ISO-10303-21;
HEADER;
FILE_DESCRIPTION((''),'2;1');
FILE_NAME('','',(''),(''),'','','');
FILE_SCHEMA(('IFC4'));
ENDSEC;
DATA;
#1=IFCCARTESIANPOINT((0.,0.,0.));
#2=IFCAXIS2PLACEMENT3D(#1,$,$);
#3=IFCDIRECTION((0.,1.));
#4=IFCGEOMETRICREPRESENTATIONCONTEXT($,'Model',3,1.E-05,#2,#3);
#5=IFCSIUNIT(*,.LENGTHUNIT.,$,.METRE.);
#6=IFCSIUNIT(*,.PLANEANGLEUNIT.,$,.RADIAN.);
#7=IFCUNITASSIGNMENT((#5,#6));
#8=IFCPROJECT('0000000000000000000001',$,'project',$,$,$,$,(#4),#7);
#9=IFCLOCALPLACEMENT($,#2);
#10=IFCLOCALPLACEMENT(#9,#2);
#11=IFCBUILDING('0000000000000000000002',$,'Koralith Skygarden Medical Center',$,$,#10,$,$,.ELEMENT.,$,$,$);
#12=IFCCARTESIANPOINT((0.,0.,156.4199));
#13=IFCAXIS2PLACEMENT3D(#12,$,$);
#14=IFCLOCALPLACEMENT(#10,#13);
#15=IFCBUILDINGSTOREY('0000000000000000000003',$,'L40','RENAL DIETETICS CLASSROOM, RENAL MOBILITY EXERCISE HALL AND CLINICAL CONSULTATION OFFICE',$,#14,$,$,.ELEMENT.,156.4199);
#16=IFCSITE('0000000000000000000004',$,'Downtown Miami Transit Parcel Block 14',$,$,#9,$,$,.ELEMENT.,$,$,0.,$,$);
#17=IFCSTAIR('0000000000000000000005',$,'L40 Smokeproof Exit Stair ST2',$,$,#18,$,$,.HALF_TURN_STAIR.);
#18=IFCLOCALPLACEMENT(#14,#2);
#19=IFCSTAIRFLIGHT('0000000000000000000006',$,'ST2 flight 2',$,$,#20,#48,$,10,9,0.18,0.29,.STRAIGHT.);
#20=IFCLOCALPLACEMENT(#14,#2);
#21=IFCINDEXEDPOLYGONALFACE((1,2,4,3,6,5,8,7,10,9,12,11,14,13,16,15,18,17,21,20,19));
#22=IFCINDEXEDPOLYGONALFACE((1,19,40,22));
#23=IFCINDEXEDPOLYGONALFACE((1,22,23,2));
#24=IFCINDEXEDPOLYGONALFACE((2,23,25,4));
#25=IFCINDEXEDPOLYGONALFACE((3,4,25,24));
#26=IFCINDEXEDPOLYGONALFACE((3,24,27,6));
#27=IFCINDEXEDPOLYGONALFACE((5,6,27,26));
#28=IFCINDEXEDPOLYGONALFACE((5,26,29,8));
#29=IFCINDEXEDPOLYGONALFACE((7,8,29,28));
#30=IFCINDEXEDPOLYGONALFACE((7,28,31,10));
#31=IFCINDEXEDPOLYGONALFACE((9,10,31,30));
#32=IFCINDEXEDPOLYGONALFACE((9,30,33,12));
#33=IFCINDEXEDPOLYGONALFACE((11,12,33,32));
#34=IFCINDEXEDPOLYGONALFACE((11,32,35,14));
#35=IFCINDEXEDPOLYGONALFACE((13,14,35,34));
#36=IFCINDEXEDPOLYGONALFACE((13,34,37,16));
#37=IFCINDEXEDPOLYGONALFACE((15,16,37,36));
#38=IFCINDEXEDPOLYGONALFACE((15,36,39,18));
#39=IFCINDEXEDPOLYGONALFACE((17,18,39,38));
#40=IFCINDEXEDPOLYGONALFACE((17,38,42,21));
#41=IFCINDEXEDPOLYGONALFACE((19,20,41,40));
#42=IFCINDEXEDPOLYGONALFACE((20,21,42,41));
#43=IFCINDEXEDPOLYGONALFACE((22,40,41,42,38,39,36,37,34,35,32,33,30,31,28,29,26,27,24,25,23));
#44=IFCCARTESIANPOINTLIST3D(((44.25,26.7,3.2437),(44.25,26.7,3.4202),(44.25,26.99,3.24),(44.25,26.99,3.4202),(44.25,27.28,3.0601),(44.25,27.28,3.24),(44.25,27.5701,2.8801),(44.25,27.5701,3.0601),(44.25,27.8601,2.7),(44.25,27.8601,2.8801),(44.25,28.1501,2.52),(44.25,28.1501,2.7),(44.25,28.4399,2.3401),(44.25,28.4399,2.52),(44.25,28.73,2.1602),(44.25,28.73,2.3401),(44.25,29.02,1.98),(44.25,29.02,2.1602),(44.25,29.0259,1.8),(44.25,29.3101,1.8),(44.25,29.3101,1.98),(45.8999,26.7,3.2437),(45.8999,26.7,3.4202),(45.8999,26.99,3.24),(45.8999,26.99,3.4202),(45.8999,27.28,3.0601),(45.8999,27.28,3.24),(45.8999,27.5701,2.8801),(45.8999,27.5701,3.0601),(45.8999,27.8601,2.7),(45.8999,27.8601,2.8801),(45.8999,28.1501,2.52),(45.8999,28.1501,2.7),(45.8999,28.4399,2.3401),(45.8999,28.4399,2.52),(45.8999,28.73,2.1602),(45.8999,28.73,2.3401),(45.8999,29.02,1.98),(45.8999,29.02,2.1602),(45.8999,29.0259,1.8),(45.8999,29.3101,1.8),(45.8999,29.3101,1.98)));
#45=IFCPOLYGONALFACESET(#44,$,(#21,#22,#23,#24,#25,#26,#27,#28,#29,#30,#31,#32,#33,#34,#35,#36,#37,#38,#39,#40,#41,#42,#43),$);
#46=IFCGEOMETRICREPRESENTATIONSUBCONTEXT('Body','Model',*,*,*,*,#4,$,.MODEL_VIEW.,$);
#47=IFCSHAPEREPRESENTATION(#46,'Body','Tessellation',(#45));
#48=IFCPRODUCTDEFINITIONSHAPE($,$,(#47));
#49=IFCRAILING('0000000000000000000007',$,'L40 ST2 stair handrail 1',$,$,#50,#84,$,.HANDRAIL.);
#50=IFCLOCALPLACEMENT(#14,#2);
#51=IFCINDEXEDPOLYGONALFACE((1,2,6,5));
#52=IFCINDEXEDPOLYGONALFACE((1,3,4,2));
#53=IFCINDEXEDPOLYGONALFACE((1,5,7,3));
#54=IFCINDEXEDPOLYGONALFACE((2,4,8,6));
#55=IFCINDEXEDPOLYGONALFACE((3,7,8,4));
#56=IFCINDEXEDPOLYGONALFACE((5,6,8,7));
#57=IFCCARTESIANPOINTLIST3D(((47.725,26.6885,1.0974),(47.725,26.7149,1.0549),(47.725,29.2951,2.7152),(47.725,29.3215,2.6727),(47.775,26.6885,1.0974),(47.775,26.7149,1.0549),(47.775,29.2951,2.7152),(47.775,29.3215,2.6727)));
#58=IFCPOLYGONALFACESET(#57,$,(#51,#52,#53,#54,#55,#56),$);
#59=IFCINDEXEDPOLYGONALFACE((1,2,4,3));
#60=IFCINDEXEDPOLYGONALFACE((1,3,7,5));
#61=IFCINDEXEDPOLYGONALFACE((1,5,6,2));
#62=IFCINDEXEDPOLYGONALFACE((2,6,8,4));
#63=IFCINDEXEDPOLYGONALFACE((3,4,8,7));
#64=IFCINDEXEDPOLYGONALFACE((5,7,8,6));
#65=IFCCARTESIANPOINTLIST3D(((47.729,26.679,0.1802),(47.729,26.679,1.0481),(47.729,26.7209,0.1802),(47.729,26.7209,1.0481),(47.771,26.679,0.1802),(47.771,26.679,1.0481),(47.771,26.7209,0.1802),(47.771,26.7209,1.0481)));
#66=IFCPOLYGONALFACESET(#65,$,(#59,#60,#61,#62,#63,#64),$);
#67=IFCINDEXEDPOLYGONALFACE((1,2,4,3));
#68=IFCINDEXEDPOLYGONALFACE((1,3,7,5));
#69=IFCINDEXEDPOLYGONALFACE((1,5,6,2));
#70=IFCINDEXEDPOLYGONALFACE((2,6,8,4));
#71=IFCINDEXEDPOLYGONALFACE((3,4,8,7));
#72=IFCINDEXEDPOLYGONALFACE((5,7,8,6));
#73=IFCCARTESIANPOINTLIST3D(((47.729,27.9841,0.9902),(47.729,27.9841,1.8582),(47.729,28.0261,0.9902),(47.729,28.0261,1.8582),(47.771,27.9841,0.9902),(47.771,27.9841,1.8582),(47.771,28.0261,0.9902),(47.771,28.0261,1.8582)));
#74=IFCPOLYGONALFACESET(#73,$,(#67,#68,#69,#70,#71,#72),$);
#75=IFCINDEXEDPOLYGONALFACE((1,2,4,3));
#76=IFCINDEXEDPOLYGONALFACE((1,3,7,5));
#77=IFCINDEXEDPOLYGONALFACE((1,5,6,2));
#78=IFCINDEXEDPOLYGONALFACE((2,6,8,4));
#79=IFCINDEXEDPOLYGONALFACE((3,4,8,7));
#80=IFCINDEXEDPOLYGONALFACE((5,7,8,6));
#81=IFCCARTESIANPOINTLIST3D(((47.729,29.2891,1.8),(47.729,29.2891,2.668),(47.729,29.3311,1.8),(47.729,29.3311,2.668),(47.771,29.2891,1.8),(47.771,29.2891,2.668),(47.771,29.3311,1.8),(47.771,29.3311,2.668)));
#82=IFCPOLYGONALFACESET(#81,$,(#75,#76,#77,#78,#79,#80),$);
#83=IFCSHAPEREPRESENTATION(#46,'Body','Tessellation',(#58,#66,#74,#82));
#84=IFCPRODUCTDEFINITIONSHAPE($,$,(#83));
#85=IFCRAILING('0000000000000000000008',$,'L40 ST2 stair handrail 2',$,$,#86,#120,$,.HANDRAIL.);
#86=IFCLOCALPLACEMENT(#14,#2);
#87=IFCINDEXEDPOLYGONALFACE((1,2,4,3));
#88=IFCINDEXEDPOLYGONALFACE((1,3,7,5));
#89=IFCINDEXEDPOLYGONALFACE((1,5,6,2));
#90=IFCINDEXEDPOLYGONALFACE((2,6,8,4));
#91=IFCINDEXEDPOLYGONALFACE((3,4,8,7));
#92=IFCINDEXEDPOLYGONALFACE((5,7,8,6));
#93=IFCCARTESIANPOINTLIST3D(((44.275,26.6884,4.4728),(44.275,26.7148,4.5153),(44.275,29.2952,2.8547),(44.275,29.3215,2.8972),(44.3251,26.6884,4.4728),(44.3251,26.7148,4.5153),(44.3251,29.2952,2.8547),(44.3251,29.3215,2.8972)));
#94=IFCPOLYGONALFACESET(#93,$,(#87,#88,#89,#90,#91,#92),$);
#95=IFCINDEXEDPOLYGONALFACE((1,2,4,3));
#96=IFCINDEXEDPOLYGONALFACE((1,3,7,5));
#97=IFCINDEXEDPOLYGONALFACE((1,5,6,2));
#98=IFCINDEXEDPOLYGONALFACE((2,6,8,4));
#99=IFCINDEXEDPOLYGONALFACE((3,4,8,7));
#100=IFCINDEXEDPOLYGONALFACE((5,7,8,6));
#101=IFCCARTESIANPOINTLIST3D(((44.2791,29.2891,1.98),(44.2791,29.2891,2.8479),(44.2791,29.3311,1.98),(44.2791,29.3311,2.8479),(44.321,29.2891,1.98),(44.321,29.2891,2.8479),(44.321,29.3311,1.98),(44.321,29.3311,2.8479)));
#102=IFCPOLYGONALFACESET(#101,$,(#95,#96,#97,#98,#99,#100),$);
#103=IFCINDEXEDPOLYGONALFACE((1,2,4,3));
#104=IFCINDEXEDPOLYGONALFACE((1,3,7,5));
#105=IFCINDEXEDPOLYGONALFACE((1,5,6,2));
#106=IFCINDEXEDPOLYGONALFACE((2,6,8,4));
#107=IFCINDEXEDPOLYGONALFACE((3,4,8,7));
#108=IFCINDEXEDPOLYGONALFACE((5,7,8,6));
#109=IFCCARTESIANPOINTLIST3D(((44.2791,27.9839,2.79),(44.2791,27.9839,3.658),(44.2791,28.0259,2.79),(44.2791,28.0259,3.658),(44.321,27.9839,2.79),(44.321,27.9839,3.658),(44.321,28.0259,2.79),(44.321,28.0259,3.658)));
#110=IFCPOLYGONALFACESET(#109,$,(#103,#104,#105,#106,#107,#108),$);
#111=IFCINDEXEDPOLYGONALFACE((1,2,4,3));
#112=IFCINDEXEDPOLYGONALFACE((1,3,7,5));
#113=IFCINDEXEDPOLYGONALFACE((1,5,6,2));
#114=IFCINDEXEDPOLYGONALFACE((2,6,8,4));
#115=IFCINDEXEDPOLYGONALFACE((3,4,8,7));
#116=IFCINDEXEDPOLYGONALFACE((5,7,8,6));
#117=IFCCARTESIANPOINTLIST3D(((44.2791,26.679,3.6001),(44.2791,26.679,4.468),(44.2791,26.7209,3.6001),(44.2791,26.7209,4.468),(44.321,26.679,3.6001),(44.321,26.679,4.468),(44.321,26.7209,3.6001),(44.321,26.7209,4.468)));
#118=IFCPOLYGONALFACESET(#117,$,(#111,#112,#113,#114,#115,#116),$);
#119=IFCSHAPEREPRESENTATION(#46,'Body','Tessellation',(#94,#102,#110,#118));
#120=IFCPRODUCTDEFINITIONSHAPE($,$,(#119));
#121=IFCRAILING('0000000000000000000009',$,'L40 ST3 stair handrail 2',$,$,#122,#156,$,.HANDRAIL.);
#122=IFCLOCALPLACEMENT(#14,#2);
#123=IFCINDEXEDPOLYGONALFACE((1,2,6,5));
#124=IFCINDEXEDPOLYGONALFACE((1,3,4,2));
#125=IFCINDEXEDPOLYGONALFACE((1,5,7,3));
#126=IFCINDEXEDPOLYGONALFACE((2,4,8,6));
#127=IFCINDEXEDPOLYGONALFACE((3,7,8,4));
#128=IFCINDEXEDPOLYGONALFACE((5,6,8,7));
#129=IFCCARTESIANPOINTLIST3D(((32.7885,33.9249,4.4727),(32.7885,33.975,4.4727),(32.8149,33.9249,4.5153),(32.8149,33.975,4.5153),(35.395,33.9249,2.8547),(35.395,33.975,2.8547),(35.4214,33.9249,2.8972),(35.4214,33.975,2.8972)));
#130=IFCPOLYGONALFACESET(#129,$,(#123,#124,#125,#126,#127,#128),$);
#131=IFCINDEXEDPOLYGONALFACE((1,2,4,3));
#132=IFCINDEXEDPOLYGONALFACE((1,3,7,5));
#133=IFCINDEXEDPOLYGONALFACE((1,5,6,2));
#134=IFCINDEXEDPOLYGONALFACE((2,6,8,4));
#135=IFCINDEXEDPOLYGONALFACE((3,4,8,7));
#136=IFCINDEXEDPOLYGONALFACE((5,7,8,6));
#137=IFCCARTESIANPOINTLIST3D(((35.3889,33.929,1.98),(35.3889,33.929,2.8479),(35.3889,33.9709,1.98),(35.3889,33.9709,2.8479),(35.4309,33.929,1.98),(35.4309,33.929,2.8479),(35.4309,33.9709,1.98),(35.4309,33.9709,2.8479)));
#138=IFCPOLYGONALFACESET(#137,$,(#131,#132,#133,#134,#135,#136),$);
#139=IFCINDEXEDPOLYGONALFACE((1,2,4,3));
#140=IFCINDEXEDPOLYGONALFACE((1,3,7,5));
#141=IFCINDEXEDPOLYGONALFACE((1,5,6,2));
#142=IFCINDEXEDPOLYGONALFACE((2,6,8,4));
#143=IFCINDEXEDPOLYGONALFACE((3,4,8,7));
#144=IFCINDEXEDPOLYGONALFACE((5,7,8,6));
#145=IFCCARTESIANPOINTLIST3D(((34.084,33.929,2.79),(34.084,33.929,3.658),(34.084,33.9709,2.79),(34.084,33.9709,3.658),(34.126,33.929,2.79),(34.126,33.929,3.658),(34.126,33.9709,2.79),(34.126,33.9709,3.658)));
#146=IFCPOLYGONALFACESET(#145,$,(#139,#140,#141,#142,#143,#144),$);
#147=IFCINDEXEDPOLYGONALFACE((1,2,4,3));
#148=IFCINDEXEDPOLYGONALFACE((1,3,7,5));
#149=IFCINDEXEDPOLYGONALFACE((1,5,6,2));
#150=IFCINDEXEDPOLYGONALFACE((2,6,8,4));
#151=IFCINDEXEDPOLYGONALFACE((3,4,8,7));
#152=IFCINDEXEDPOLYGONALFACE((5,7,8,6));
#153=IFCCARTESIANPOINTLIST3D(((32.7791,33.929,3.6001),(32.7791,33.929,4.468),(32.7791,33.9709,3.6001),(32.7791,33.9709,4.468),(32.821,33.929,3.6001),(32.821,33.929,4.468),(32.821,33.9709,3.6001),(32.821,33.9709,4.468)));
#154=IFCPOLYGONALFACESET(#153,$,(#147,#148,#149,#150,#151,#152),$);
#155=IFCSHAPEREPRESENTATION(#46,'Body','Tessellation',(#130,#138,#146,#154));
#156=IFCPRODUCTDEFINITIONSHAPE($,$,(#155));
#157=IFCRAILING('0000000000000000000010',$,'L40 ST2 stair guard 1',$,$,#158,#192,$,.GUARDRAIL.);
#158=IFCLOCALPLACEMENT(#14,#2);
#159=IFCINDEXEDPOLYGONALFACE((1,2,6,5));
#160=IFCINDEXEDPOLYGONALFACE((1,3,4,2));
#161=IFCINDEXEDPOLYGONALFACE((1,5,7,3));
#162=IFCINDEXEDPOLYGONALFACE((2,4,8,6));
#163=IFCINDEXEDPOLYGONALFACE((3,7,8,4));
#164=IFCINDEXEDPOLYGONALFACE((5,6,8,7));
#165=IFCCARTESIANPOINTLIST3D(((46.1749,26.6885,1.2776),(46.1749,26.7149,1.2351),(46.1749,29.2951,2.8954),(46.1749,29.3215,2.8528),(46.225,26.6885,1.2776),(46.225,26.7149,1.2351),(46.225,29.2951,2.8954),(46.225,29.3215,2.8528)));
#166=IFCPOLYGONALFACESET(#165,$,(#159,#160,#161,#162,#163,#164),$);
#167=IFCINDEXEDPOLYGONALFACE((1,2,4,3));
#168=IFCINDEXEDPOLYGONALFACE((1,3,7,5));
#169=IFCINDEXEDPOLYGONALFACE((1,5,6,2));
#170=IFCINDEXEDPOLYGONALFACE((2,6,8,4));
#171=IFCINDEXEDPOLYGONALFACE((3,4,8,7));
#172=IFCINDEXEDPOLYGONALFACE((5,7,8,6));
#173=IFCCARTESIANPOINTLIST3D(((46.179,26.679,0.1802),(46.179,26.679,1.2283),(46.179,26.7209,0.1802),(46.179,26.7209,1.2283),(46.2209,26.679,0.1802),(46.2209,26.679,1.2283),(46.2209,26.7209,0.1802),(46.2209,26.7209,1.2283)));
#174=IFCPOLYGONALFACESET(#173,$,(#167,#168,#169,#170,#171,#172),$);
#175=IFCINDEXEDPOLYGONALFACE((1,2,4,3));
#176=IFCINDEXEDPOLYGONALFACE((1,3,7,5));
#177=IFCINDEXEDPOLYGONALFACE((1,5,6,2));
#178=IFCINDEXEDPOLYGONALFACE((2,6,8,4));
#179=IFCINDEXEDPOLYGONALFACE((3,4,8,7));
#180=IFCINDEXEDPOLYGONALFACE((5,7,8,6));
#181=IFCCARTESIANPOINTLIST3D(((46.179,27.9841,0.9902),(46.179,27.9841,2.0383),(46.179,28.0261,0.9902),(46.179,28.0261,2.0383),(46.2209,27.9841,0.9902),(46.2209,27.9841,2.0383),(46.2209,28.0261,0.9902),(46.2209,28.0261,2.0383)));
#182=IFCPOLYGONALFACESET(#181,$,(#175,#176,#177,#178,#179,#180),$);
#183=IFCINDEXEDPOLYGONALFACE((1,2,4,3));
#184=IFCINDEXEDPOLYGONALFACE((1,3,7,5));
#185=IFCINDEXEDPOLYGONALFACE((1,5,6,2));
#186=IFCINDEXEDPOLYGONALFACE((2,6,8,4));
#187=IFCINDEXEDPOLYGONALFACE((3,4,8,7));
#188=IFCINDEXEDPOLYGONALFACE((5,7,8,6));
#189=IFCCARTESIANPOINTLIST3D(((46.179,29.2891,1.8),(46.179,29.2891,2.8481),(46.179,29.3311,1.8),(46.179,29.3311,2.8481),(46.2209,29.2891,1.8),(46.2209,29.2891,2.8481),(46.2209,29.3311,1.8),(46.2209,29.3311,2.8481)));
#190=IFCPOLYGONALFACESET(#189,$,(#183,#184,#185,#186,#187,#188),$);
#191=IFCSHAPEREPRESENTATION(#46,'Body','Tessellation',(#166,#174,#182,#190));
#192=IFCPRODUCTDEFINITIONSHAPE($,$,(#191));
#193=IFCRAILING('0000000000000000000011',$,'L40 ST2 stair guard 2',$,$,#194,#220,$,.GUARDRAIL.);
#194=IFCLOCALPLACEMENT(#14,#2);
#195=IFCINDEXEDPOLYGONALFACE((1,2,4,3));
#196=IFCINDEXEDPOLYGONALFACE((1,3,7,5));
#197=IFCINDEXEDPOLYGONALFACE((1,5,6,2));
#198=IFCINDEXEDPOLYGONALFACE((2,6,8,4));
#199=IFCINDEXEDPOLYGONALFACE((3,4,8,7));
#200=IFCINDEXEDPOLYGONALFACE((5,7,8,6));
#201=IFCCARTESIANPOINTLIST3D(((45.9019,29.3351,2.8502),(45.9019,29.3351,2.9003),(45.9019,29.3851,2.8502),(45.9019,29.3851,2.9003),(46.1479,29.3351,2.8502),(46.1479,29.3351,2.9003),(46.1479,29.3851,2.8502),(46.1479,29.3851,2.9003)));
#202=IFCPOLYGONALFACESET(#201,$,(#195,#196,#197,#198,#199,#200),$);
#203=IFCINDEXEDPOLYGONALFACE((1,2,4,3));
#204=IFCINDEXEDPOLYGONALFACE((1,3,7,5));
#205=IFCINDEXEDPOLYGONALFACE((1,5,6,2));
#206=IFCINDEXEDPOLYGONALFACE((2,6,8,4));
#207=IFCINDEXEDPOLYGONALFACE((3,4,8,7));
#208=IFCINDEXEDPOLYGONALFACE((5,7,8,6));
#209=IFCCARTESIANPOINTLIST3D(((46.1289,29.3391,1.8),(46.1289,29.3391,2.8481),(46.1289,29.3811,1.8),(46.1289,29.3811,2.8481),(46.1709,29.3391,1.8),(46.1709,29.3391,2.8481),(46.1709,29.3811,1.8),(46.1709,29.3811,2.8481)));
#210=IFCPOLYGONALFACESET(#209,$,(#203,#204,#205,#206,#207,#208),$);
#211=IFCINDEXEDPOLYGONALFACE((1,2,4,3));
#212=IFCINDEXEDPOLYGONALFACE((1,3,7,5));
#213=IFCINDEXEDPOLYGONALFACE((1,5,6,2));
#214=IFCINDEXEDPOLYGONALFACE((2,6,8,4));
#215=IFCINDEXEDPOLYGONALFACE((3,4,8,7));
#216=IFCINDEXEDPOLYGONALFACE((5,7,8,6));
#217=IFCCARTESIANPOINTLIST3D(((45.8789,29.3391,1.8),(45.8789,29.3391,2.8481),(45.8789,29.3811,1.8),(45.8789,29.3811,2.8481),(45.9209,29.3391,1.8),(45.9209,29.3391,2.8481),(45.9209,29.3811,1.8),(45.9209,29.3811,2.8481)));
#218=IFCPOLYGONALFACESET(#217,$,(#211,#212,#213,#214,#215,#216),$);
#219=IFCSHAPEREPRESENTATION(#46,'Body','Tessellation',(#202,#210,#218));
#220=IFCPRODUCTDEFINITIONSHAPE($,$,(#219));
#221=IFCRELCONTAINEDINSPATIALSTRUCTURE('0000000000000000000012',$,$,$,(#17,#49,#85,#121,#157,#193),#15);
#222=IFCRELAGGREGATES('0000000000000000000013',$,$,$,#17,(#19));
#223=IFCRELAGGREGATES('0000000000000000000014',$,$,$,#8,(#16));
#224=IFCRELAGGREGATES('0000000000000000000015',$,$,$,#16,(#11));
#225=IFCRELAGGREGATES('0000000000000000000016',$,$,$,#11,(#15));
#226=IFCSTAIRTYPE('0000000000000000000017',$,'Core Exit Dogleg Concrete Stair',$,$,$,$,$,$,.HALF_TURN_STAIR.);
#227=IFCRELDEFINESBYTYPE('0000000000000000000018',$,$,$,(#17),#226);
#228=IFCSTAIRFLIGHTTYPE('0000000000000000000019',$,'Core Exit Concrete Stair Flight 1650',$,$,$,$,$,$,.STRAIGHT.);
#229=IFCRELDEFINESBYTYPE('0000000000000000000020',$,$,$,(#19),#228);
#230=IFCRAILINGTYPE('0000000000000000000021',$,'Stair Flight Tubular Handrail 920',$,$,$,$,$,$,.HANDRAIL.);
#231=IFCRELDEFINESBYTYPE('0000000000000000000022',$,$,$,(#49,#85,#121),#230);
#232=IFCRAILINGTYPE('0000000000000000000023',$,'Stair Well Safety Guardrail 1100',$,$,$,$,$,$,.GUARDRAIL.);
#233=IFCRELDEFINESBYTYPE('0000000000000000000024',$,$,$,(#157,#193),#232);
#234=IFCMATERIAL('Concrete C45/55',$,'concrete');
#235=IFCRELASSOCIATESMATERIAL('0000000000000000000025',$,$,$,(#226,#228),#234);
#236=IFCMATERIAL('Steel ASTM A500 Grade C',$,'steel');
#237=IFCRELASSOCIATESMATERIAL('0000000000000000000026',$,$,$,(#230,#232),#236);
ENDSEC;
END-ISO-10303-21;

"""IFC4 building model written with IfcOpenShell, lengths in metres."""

from ifc_helpers import new_model, si_unit, direction, frame, origin, origin_2d, place, context, subcontext, project, spatial, polyline, rectangle, outline, extrude, material, type_object, element, aggregate, save


model = new_model("IFC4")

# Units and contexts
model_context = context("Model", 3, precision=1e-05, world=origin(), true_north=direction((0.0, 1.0)))
body_context = subcontext(model_context, "Body", "Model", "MODEL_VIEW")
ifc_project = project(units=[si_unit("LENGTHUNIT", "METRE"), si_unit("PLANEANGLEUNIT", "RADIAN")], contexts=[model_context])

# Site, building, storey
site_placement = place(None, origin())
site = spatial("IfcSite", under=ifc_project, at=site_placement, Name="Downtown Miami Transit Parcel Block 14", CompositionType="ELEMENT", RefElevation=0.0)
building_placement = place(site_placement, origin())
building = spatial("IfcBuilding", under=site, at=building_placement, Name="Koralith Skygarden Medical Center", CompositionType="ELEMENT")
storey_placement = place(building_placement, frame((0.0, 0.0, 156.4199)))
storey = spatial("IfcBuildingStorey", under=building, at=storey_placement, Name="L40", Description="RENAL DIETETICS CLASSROOM, RENAL MOBILITY EXERCISE HALL AND CLINICAL CONSULTATION OFFICE", CompositionType="ELEMENT", Elevation=156.4199)

# Shared definitions
ifc_material_1 = material(Name="Concrete C45/55", Category="concrete")

# Shared definitions
ifc_material_2 = material(Name="Steel ASTM A500 Grade C", Category="steel")

# Stair, stair flight
stair_type = type_object("IfcStairType", Name="Core Exit Dogleg Concrete Stair", PredefinedType="HALF_TURN_STAIR", material=ifc_material_1)
stair_placement = place(storey_placement, origin())
stair = element("IfcStair", 1, at=stair_placement, inside=storey, type_object=stair_type, Name="L40 Smokeproof Exit Stair ST2", PredefinedType="HALF_TURN_STAIR")
stair_flight_type = type_object("IfcStairFlightType", Name="Core Exit Concrete Stair Flight 1650", PredefinedType="STRAIGHT", material=ifc_material_1)
stair_flight_1_placement = place(storey_placement, frame((45.075, 29.3101, 1.8), z_axis=(0.0, 0.0, 1.0), x_axis=(0.0, -1.0, 0.0)))
stair_flight_1 = element("IfcStairFlight", 2, at=stair_flight_1_placement, type_object=stair_flight_type, Name="ST2 flight 2", NumberOfRisers=10, NumberOfTreads=9, PredefinedType="STRAIGHT", RiserHeight=0.18, TreadLength=0.29, context=body_context, shape_type="SweptSolid", body=[
    extrude(outline(polyline([(0.0, 0.0), (0.0, 0.1799), (0.29, 0.1799), (0.29, 0.3601), (0.5801, 0.3601), (0.5801, 0.54), (0.8701, 0.54), (0.8701, 0.72), (1.1599, 0.72), (1.1599, 0.8999), (1.45, 0.8999), (1.45, 1.0801), (1.74, 1.0801), (1.74, 1.26), (2.03, 1.26), (2.03, 1.4399), (2.3201, 1.4399), (2.3201, 1.6201), (2.6101, 1.6201), (2.6101, 1.8), (2.6101, 1.4436), (0.2842, 0.0), (0.0, 0.0)])), frame((0.0, 0.825, 0.0), z_axis=(0.0, -1.0, 0.0), x_axis=(1.0, 0.0, 0.0)), (0.0, 0.0, 1.0), 1.6499),
])
aggregate(stair, [stair_flight_1])

# Railings
railing_type_1 = type_object("IfcRailingType", Name="Stair Flight Tubular Handrail 920", PredefinedType="HANDRAIL", material=ifc_material_2)
railing_1_placement = place(storey_placement, frame((47.75, 26.7, 0.1802)))
element("IfcRailing", 3, at=railing_1_placement, inside=storey, type_object=railing_type_1, Name="L40 ST2 stair handrail 1", PredefinedType="HANDRAIL", context=body_context, shape_type="SweptSolid", body=[
    extrude(rectangle(XDim=0.05, YDim=0.05, at=origin_2d()), frame((0.0, 0.0017, 0.896), z_axis=(0.0, 0.849668, 0.527317), x_axis=(-1.0, 0.0, 0.0)), (0.0, 0.0, 1.0), 3.0679),
    extrude(rectangle(XDim=0.042, YDim=0.042, at=origin_2d()), origin(), (0.0, 0.0, 1.0), 0.8679),
    extrude(rectangle(XDim=0.042, YDim=0.042, at=origin_2d()), frame((0.0, 1.3052, 0.8101)), (0.0, 0.0, 1.0), 0.8679),
    extrude(rectangle(XDim=0.042, YDim=0.042, at=origin_2d()), frame((0.0, 2.6101, 1.6199)), (0.0, 0.0, 1.0), 0.8679),
])
railing_2_placement = place(storey_placement, frame((44.3, 29.3101, 1.98)))
element("IfcRailing", 4, at=railing_2_placement, inside=storey, type_object=railing_type_1, Name="L40 ST2 stair handrail 2", PredefinedType="HANDRAIL", context=body_context, shape_type="SweptSolid", body=[
    extrude(rectangle(XDim=0.05, YDim=0.05, at=origin_2d()), frame((0.0, -0.0017, 0.896), z_axis=(0.0, -0.849633, 0.527375), x_axis=(1.0, 0.0, 0.0)), (0.0, 0.0, 1.0), 3.0681),
    extrude(rectangle(XDim=0.042, YDim=0.042, at=origin_2d()), origin(), (0.0, 0.0, 1.0), 0.8679),
    extrude(rectangle(XDim=0.042, YDim=0.042, at=origin_2d()), frame((0.0, -1.3052, 0.8101)), (0.0, 0.0, 1.0), 0.8679),
    extrude(rectangle(XDim=0.042, YDim=0.042, at=origin_2d()), frame((0.0, -2.6101, 1.6201)), (0.0, 0.0, 1.0), 0.8679),
])
railing_3_placement = place(storey_placement, frame((35.4099, 33.95, 1.98)))
element("IfcRailing", 5, at=railing_3_placement, inside=storey, type_object=railing_type_1, Name="L40 ST3 stair handrail 2", PredefinedType="HANDRAIL", context=body_context, shape_type="SweptSolid", body=[
    extrude(rectangle(XDim=0.05, YDim=0.05, at=origin_2d()), frame((-0.0017, 0.0, 0.896), z_axis=(-0.849611, 0.0, 0.52741), x_axis=(0.0, -1.0, 0.0)), (0.0, 0.0, 1.0), 3.0679),
    extrude(rectangle(XDim=0.042, YDim=0.042, at=origin_2d()), origin(), (0.0, 0.0, 1.0), 0.8679),
    extrude(rectangle(XDim=0.042, YDim=0.042, at=origin_2d()), frame((-1.3049, 0.0, 0.8101)), (0.0, 0.0, 1.0), 0.8679),
    extrude(rectangle(XDim=0.042, YDim=0.042, at=origin_2d()), frame((-2.6099, 0.0, 1.6201)), (0.0, 0.0, 1.0), 0.8679),
])
railing_type_2 = type_object("IfcRailingType", Name="Stair Well Safety Guardrail 1100", PredefinedType="GUARDRAIL", material=ifc_material_2)
railing_4_placement = place(storey_placement, frame((46.2, 26.7, 0.1802)))
element("IfcRailing", 6, at=railing_4_placement, inside=storey, type_object=railing_type_2, Name="L40 ST2 stair guard 1", PredefinedType="GUARDRAIL", context=body_context, shape_type="SweptSolid", body=[
    extrude(rectangle(XDim=0.05, YDim=0.05, at=origin_2d()), frame((0.0, 0.0017, 1.0762), z_axis=(0.0, 0.849668, 0.527317), x_axis=(-1.0, 0.0, 0.0)), (0.0, 0.0, 1.0), 3.0679),
    extrude(rectangle(XDim=0.042, YDim=0.042, at=origin_2d()), origin(), (0.0, 0.0, 1.0), 1.0481),
    extrude(rectangle(XDim=0.042, YDim=0.042, at=origin_2d()), frame((0.0, 1.3052, 0.8101)), (0.0, 0.0, 1.0), 1.0481),
    extrude(rectangle(XDim=0.042, YDim=0.042, at=origin_2d()), frame((0.0, 2.6101, 1.6199)), (0.0, 0.0, 1.0), 1.0481),
])
railing_5_placement = place(storey_placement, frame((46.1499, 29.3601, 1.8)))
element("IfcRailing", 7, at=railing_5_placement, inside=storey, type_object=railing_type_2, Name="L40 ST2 stair guard 2", PredefinedType="GUARDRAIL", context=body_context, shape_type="SweptSolid", body=[
    extrude(rectangle(XDim=0.05, YDim=0.05, at=origin_2d()), frame((-0.002, 0.0, 1.0752), z_axis=(-1.0, 0.0, 0.0), x_axis=(0.0, -1.0, 0.0)), (0.0, 0.0, 1.0), 0.2461),
    extrude(rectangle(XDim=0.042, YDim=0.042, at=origin_2d()), origin(), (0.0, 0.0, 1.0), 1.0481),
    extrude(rectangle(XDim=0.042, YDim=0.042, at=origin_2d()), frame((-0.25, 0.0, 0.0)), (0.0, 0.0, 1.0), 1.0481),
])

save(model, "model.ifc")
